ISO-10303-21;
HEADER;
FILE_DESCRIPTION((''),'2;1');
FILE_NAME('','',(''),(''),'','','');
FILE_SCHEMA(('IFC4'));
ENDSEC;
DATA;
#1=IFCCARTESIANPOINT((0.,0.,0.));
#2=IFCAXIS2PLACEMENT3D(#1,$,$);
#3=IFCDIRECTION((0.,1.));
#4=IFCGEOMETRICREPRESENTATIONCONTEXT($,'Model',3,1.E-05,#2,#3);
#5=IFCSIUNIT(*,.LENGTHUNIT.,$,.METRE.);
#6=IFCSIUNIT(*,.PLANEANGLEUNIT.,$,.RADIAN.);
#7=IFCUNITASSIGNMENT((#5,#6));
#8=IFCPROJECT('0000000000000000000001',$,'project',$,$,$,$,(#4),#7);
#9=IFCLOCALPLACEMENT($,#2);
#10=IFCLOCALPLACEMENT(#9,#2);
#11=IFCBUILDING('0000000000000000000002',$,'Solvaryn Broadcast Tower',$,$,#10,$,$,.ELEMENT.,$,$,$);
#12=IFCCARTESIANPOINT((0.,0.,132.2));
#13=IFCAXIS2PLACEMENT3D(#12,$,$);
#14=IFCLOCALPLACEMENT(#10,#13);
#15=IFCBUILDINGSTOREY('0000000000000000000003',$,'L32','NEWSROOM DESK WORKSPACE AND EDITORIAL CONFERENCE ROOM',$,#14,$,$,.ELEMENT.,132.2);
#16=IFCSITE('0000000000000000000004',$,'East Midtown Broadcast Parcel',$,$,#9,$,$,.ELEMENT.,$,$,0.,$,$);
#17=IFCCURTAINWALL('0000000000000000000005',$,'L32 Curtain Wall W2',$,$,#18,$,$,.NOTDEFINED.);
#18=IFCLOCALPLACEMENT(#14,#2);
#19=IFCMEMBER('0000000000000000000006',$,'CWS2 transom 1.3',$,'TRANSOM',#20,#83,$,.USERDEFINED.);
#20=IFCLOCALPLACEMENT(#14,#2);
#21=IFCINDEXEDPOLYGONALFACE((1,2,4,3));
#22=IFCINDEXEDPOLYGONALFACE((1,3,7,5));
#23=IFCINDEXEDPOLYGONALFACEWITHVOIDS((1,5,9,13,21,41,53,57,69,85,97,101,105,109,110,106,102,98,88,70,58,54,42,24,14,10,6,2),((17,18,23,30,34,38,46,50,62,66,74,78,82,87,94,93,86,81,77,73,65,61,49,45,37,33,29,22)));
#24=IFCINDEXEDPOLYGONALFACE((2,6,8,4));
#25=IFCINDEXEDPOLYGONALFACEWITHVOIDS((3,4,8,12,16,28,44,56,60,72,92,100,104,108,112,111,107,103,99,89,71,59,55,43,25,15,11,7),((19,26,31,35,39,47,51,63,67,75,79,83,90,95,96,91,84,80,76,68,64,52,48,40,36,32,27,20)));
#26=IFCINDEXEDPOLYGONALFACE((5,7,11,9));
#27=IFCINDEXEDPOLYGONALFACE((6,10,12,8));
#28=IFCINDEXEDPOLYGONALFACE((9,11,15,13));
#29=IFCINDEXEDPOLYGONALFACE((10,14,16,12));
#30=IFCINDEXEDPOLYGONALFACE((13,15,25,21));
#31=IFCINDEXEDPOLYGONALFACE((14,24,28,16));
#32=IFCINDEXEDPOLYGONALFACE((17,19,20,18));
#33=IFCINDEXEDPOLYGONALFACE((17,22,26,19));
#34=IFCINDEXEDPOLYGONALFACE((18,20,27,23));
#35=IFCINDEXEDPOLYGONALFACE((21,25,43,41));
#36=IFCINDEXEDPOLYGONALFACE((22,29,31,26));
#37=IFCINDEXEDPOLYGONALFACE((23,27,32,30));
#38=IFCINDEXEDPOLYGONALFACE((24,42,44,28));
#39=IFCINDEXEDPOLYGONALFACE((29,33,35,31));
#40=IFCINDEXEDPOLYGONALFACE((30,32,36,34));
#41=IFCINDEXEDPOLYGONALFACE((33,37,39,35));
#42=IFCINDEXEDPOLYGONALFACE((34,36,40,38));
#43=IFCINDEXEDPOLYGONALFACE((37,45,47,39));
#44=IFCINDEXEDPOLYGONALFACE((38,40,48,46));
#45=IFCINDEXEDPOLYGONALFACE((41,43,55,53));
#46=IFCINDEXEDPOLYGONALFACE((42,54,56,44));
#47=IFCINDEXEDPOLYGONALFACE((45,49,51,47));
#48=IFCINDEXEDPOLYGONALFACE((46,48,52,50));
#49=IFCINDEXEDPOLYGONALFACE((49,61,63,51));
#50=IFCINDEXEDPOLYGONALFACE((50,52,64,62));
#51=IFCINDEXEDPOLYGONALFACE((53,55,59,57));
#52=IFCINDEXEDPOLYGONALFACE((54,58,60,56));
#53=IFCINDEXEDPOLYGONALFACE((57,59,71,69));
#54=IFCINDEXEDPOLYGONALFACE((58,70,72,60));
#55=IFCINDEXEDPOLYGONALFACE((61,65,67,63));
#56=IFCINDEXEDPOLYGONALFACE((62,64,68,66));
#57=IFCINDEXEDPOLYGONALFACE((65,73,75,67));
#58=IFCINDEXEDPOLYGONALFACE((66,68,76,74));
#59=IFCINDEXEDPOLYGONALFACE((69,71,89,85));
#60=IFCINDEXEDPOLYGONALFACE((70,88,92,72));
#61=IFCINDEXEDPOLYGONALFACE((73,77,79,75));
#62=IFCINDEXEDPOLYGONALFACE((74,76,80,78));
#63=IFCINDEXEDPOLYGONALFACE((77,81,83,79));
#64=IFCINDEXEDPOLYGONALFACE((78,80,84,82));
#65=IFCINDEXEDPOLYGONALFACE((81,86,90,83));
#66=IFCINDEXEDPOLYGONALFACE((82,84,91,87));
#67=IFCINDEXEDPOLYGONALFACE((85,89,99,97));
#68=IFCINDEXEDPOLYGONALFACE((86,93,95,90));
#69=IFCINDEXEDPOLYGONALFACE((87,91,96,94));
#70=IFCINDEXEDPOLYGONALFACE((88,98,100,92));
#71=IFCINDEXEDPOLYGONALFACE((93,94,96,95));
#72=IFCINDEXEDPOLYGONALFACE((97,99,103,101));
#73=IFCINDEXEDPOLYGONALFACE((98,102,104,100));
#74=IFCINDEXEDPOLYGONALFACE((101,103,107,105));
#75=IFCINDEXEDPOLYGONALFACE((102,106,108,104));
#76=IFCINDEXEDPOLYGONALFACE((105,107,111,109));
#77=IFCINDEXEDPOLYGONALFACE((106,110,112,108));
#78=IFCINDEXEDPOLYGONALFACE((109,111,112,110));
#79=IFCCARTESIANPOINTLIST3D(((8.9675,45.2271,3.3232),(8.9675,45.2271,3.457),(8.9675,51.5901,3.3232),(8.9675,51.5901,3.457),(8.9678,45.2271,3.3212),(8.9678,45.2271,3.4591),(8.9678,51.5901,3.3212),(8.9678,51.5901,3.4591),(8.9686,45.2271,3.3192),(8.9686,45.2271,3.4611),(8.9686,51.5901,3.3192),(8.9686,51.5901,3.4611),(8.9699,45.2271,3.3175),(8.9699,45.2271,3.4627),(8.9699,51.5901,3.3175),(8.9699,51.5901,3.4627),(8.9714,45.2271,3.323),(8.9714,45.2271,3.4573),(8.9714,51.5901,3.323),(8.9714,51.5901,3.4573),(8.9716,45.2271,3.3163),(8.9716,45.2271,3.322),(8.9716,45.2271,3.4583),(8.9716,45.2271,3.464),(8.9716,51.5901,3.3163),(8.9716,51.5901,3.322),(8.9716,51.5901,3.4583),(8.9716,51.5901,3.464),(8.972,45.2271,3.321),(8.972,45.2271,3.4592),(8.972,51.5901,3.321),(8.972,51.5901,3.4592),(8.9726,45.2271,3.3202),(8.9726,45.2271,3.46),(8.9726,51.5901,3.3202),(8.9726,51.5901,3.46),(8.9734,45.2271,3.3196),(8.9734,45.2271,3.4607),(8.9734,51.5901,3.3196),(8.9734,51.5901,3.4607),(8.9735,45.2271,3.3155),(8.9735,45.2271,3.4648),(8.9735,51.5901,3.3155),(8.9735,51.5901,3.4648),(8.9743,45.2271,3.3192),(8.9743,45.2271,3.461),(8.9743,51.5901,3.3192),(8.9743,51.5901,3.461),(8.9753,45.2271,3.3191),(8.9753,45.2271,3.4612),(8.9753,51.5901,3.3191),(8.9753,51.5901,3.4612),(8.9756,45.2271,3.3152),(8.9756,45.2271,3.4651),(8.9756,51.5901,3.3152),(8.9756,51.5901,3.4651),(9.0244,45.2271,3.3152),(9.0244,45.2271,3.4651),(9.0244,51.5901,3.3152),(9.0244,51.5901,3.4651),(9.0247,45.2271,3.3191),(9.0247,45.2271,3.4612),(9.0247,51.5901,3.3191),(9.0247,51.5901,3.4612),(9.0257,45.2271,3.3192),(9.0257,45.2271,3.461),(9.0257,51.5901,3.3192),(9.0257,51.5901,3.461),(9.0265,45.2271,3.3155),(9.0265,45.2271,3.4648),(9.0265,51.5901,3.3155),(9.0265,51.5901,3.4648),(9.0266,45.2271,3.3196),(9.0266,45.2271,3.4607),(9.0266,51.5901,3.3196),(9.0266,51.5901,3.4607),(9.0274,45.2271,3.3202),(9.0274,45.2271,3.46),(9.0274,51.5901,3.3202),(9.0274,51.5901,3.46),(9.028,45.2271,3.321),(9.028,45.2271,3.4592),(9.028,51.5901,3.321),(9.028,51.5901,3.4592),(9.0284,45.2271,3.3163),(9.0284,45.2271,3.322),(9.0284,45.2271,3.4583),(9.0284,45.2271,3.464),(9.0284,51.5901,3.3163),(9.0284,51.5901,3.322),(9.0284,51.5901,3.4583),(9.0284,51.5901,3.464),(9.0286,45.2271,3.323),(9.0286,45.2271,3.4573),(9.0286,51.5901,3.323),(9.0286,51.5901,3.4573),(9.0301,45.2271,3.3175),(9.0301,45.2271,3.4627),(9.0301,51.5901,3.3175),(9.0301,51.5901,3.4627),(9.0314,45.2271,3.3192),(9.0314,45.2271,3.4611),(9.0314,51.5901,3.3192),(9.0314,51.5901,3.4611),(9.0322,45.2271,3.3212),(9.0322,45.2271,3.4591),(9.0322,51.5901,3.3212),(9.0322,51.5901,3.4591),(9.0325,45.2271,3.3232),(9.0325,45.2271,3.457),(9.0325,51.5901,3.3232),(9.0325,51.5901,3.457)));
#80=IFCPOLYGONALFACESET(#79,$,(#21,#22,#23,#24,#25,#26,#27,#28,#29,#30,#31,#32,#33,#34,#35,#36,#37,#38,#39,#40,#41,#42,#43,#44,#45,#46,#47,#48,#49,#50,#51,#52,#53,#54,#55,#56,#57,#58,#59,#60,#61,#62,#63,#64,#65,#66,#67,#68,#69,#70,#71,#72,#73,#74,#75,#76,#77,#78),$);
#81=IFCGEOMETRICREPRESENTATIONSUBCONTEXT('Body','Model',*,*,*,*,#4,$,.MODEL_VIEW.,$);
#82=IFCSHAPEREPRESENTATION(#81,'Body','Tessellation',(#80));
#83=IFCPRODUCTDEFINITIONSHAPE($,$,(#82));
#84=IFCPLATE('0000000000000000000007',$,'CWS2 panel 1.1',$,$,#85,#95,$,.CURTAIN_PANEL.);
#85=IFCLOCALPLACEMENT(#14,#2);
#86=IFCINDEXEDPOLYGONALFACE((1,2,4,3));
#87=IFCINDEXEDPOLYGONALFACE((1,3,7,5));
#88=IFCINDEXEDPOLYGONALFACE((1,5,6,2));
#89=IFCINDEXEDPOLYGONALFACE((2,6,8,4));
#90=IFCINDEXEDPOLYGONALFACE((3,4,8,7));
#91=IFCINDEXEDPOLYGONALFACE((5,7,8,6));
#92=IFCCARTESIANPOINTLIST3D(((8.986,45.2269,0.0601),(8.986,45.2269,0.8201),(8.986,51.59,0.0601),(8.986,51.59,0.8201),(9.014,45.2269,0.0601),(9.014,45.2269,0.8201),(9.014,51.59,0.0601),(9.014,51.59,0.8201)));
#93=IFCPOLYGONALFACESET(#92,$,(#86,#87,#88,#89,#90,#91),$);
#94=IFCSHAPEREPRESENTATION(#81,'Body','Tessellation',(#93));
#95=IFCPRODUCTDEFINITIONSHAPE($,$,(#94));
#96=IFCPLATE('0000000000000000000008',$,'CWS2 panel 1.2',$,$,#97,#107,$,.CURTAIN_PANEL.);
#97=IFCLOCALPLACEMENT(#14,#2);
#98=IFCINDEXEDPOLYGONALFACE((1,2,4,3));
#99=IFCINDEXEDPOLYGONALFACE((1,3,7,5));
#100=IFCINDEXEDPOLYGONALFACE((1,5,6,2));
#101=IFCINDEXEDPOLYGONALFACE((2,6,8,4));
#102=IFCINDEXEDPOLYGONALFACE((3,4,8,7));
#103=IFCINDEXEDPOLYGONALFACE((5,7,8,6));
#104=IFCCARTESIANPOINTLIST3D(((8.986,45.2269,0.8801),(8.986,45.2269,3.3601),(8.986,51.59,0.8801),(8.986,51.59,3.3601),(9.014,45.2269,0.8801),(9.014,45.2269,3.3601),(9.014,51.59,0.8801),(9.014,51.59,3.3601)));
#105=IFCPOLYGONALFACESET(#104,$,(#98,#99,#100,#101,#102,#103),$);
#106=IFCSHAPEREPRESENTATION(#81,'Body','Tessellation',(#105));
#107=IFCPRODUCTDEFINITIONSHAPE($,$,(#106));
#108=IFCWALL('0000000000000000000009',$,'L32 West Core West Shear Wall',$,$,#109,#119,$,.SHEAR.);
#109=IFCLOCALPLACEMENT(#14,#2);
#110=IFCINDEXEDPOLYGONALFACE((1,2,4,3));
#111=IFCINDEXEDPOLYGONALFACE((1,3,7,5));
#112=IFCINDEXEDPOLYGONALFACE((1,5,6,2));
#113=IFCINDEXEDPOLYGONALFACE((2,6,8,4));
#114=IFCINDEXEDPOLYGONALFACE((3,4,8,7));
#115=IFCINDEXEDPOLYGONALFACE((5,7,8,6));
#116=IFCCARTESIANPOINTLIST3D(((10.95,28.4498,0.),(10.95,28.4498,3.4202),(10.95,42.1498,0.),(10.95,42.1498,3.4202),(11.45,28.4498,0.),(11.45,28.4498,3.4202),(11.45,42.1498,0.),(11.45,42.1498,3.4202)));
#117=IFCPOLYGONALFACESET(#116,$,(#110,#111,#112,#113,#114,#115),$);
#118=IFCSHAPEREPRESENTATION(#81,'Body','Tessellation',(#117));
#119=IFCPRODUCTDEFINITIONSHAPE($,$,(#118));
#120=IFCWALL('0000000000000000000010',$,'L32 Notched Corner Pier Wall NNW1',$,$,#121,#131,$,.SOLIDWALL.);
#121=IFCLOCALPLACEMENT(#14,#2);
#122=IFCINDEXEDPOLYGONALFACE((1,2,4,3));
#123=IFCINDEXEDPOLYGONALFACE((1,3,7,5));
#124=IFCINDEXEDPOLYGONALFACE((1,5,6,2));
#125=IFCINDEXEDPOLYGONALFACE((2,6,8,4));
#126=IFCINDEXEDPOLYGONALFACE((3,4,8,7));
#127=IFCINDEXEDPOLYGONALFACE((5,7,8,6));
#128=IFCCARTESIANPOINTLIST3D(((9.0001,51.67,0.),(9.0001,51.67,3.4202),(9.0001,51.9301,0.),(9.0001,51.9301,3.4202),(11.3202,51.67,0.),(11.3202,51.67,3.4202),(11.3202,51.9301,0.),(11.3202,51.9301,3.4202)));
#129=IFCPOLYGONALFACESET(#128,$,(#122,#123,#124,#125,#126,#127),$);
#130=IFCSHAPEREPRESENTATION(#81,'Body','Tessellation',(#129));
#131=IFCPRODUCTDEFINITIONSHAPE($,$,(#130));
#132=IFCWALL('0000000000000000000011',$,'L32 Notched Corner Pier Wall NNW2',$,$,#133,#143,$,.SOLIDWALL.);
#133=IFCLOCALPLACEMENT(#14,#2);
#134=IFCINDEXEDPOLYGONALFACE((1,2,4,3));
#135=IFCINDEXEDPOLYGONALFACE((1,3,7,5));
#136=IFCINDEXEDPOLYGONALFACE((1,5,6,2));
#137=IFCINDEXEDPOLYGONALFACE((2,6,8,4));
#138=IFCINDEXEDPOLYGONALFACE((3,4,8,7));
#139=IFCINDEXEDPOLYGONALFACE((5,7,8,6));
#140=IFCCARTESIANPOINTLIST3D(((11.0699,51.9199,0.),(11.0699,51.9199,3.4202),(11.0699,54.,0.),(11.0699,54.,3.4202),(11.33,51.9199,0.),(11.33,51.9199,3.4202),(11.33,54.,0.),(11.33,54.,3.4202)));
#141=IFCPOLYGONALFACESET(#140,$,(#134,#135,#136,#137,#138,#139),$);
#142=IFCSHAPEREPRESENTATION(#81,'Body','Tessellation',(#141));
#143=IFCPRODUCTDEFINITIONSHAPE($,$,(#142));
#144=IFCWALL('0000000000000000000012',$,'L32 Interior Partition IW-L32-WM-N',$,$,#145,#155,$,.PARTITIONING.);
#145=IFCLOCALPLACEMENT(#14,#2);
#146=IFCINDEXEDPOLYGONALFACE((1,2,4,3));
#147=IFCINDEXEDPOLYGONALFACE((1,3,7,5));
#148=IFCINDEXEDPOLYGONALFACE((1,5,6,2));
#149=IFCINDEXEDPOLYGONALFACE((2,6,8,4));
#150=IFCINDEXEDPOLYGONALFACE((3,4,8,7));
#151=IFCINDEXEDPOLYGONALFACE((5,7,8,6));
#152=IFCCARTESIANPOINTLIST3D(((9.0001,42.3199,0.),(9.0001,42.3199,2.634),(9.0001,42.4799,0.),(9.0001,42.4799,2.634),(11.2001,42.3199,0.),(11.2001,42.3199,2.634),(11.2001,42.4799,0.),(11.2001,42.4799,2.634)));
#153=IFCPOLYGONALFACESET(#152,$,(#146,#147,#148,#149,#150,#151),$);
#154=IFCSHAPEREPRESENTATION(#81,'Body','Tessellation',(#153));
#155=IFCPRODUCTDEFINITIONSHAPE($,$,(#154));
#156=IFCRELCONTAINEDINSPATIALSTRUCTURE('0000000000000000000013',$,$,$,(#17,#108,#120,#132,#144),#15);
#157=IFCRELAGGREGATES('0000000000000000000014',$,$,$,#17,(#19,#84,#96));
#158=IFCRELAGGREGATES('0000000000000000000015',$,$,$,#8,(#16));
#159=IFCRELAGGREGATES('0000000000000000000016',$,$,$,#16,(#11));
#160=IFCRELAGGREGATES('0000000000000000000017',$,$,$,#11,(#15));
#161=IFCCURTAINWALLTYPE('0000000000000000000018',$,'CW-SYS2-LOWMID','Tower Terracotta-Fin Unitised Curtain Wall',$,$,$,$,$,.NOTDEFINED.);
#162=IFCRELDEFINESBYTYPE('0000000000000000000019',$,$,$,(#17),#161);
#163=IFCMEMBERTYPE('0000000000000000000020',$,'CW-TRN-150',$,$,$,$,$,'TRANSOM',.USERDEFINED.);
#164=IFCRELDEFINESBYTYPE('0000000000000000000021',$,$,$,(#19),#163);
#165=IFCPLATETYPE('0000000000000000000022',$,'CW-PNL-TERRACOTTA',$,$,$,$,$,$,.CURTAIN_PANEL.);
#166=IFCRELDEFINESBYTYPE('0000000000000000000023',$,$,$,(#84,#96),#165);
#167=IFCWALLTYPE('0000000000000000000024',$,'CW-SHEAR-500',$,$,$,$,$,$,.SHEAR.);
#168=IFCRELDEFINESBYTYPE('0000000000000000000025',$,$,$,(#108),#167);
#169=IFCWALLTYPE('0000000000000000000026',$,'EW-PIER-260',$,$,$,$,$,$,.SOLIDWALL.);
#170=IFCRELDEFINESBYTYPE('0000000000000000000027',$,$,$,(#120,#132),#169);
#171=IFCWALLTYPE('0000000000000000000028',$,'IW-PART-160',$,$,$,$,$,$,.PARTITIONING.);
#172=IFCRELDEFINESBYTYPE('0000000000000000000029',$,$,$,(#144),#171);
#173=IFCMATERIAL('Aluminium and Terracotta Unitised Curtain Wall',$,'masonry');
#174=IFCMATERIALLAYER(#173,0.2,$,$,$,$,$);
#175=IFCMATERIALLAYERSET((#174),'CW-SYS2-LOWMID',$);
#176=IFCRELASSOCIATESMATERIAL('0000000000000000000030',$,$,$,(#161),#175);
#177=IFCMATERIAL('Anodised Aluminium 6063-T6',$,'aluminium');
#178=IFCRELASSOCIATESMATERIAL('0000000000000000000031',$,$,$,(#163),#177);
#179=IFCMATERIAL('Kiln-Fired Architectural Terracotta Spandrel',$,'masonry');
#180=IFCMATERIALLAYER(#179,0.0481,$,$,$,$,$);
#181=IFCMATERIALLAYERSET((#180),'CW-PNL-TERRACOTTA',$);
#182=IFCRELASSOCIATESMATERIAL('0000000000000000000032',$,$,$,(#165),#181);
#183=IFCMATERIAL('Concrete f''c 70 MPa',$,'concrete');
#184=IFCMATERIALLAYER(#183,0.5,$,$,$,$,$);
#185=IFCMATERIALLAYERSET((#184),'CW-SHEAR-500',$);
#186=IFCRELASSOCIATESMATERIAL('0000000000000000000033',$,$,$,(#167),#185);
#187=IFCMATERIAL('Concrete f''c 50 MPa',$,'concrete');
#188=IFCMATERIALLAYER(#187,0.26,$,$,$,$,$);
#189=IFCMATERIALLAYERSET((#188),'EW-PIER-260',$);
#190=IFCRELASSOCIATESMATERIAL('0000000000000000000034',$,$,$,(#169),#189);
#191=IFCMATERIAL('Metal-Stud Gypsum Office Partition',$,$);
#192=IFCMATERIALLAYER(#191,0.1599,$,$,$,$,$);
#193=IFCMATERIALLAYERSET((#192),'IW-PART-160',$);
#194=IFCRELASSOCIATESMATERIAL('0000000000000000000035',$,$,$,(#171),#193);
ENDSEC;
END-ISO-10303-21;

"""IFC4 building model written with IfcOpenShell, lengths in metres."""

from ifc_helpers import new_model, si_unit, direction, frame, frame_2d, origin, origin_2d, place, context, subcontext, project, spatial, rectangle, hollow_rectangle, extrude, material, layer, layer_set, material_profile, profile_set, type_object, element, aggregate, save


model = new_model("IFC4")

# Units and contexts
model_context = context("Model", 3, precision=1e-05, world=origin(), true_north=direction((0.0, 1.0)))
body_context = subcontext(model_context, "Body", "Model", "MODEL_VIEW")
ifc_project = project(units=[si_unit("LENGTHUNIT", "METRE"), si_unit("PLANEANGLEUNIT", "RADIAN")], contexts=[model_context])

# Site, building, storey
site_placement = place(None, origin())
site = spatial("IfcSite", under=ifc_project, at=site_placement, Name="East Midtown Broadcast Parcel", CompositionType="ELEMENT", RefElevation=0.0)
building_placement = place(site_placement, origin())
building = spatial("IfcBuilding", under=site, at=building_placement, Name="Solvaryn Broadcast Tower", CompositionType="ELEMENT")
storey_placement = place(building_placement, frame((0.0, 0.0, 132.2)))
storey = spatial("IfcBuildingStorey", under=building, at=storey_placement, Name="L32", Description="NEWSROOM DESK WORKSPACE AND EDITORIAL CONFERENCE ROOM", CompositionType="ELEMENT", Elevation=132.2)

# Shared definitions
ifc_material_1 = material(Name="Aluminium and Terracotta Unitised Curtain Wall", Category="masonry")
ifc_layer_1 = layer(ifc_material_1, 0.2)
ifc_layer_set_1 = layer_set([ifc_layer_1], Name="CW-SYS2-LOWMID")
curtain_wall_type = type_object("IfcCurtainWallType", Name="CW-SYS2-LOWMID", Description="Tower Terracotta-Fin Unitised Curtain Wall", PredefinedType="NOTDEFINED", material=ifc_layer_set_1)

# Curtain wall
curtain_wall_1_placement = place(storey_placement, origin())
curtain_wall_1 = element("IfcCurtainWall", 1, at=curtain_wall_1_placement, inside=storey, type_object=curtain_wall_type, Name="L32 Curtain Wall W2", PredefinedType="NOTDEFINED")

# Member
ifc_material_2 = material(Name="Anodised Aluminium 6063-T6", Category="aluminium")
ifc_material_profile_1 = material_profile(ifc_material_2, hollow_rectangle(XDim=0.0649, YDim=0.1499, WallThickness=0.0039, InnerFilletRadius=0.0039, OuterFilletRadius=0.0081, at=origin_2d()))
ifc_profile_set_1 = profile_set([ifc_material_profile_1], Name="Anodised Aluminium 6063-T6")
member_type_1 = type_object("IfcMemberType", Name="CW-TRN-150", ElementType="TRANSOM", PredefinedType="USERDEFINED", material=ifc_profile_set_1)
member_1_placement = place(storey_placement, frame((9.0, 45.2271, 3.3901), z_axis=(0.0, 1.0, 0.0), x_axis=(-1.0, 0.0, 0.0)))
member_1 = element("IfcMember", 2, at=member_1_placement, type_object=member_type_1, Name="CWS2 transom 1.3", ObjectType="TRANSOM", PredefinedType="USERDEFINED", context=body_context, shape_type="SweptSolid", body=[
    extrude(hollow_rectangle(XDim=0.0649, YDim=0.1499, WallThickness=0.0039, InnerFilletRadius=0.0039, OuterFilletRadius=0.0081, at=origin_2d()), origin(), (0.0, 0.0, 1.0), 6.363),
])

# Plates
ifc_material_3 = material(Name="Kiln-Fired Architectural Terracotta Spandrel", Category="masonry")
ifc_layer_2 = layer(ifc_material_3, 0.0481)
ifc_layer_set_2 = layer_set([ifc_layer_2], Name="CW-PNL-TERRACOTTA")
plate_type = type_object("IfcPlateType", Name="CW-PNL-TERRACOTTA", PredefinedType="CURTAIN_PANEL", material=ifc_layer_set_2)
plate_1_placement = place(storey_placement, frame((9.0, 48.4084, 0.0601), z_axis=(0.0, 0.0, 1.0), x_axis=(0.0, 1.0, 0.0)))
plate_1 = element("IfcPlate", 3, at=plate_1_placement, type_object=plate_type, Name="CWS2 panel 1.1", PredefinedType="CURTAIN_PANEL", context=body_context, shape_type="SweptSolid", body=[
    extrude(rectangle(XDim=6.363, YDim=0.0281, at=origin_2d()), origin(), (0.0, 0.0, 1.0), 0.76),
])
plate_2_placement = place(storey_placement, frame((9.0, 48.4084, 0.8801), z_axis=(0.0, 0.0, 1.0), x_axis=(0.0, 1.0, 0.0)))
plate_2 = element("IfcPlate", 4, at=plate_2_placement, type_object=plate_type, Name="CWS2 panel 1.2", PredefinedType="CURTAIN_PANEL", context=body_context, shape_type="SweptSolid", body=[
    extrude(rectangle(XDim=6.363, YDim=0.0281, at=origin_2d()), origin(), (0.0, 0.0, 1.0), 2.48),
])
aggregate(curtain_wall_1, [member_1, plate_1, plate_2])

# Walls
ifc_material_4 = material(Name="Concrete f'c 70 MPa", Category="concrete")
ifc_layer_3 = layer(ifc_material_4, 0.5)
ifc_layer_set_3 = layer_set([ifc_layer_3], Name="CW-SHEAR-500")
wall_type_1 = type_object("IfcWallType", Name="CW-SHEAR-500", PredefinedType="SHEAR", material=ifc_layer_set_3)
wall_1_placement = place(storey_placement, frame((11.2, 42.1499, 0.0), z_axis=(0.0, 0.0, 1.0), x_axis=(0.0, -1.0, 0.0)))
element("IfcWall", 5, at=wall_1_placement, inside=storey, type_object=wall_type_1, Name="L32 West Core West Shear Wall", PredefinedType="SHEAR", context=body_context, shape_type="SweptSolid", body=[
    extrude(rectangle(XDim=13.7, YDim=0.5, at=frame_2d((6.8501, 0.0))), origin(), (0.0, 0.0, 1.0), 3.4202),
])
ifc_material_5 = material(Name="Concrete f'c 50 MPa", Category="concrete")
ifc_layer_4 = layer(ifc_material_5, 0.26)
ifc_layer_set_4 = layer_set([ifc_layer_4], Name="EW-PIER-260")
wall_type_2 = type_object("IfcWallType", Name="EW-PIER-260", PredefinedType="SOLIDWALL", material=ifc_layer_set_4)
wall_2_placement = place(storey_placement, frame((9.0, 51.8, 0.0), z_axis=(0.0, 0.0, 1.0), x_axis=(1.0, 0.0, 0.0)))
element("IfcWall", 6, at=wall_2_placement, inside=storey, type_object=wall_type_2, Name="L32 Notched Corner Pier Wall NNW1", PredefinedType="SOLIDWALL", context=body_context, shape_type="SweptSolid", body=[
    extrude(rectangle(XDim=2.3201, YDim=0.26, at=frame_2d((1.1602, 0.0))), origin(), (0.0, 0.0, 1.0), 3.4202),
])
wall_3_placement = place(storey_placement, frame((11.2, 51.9199, 0.0), z_axis=(0.0, 0.0, 1.0), x_axis=(0.0, 1.0, 0.0)))
element("IfcWall", 7, at=wall_3_placement, inside=storey, type_object=wall_type_2, Name="L32 Notched Corner Pier Wall NNW2", PredefinedType="SOLIDWALL", context=body_context, shape_type="SweptSolid", body=[
    extrude(rectangle(XDim=2.0801, YDim=0.26, at=frame_2d((1.04, 0.0))), origin(), (0.0, 0.0, 1.0), 3.4202),
])
ifc_material_6 = material(Name="Metal-Stud Gypsum Office Partition")
ifc_layer_5 = layer(ifc_material_6, 0.1599)
ifc_layer_set_5 = layer_set([ifc_layer_5], Name="IW-PART-160")
wall_type_3 = type_object("IfcWallType", Name="IW-PART-160", PredefinedType="PARTITIONING", material=ifc_layer_set_5)
wall_4_placement = place(storey_placement, frame((9.0, 42.3999, 0.0), z_axis=(0.0, 0.0, 1.0), x_axis=(1.0, 0.0, 0.0)))
element("IfcWall", 8, at=wall_4_placement, inside=storey, type_object=wall_type_3, Name="L32 Interior Partition IW-L32-WM-N", PredefinedType="PARTITIONING", context=body_context, shape_type="SweptSolid", body=[
    extrude(rectangle(XDim=2.2, YDim=0.1599, at=frame_2d((1.1001, 0.0))), origin(), (0.0, 0.0, 1.0), 2.634),
])

save(model, "model.ifc")
